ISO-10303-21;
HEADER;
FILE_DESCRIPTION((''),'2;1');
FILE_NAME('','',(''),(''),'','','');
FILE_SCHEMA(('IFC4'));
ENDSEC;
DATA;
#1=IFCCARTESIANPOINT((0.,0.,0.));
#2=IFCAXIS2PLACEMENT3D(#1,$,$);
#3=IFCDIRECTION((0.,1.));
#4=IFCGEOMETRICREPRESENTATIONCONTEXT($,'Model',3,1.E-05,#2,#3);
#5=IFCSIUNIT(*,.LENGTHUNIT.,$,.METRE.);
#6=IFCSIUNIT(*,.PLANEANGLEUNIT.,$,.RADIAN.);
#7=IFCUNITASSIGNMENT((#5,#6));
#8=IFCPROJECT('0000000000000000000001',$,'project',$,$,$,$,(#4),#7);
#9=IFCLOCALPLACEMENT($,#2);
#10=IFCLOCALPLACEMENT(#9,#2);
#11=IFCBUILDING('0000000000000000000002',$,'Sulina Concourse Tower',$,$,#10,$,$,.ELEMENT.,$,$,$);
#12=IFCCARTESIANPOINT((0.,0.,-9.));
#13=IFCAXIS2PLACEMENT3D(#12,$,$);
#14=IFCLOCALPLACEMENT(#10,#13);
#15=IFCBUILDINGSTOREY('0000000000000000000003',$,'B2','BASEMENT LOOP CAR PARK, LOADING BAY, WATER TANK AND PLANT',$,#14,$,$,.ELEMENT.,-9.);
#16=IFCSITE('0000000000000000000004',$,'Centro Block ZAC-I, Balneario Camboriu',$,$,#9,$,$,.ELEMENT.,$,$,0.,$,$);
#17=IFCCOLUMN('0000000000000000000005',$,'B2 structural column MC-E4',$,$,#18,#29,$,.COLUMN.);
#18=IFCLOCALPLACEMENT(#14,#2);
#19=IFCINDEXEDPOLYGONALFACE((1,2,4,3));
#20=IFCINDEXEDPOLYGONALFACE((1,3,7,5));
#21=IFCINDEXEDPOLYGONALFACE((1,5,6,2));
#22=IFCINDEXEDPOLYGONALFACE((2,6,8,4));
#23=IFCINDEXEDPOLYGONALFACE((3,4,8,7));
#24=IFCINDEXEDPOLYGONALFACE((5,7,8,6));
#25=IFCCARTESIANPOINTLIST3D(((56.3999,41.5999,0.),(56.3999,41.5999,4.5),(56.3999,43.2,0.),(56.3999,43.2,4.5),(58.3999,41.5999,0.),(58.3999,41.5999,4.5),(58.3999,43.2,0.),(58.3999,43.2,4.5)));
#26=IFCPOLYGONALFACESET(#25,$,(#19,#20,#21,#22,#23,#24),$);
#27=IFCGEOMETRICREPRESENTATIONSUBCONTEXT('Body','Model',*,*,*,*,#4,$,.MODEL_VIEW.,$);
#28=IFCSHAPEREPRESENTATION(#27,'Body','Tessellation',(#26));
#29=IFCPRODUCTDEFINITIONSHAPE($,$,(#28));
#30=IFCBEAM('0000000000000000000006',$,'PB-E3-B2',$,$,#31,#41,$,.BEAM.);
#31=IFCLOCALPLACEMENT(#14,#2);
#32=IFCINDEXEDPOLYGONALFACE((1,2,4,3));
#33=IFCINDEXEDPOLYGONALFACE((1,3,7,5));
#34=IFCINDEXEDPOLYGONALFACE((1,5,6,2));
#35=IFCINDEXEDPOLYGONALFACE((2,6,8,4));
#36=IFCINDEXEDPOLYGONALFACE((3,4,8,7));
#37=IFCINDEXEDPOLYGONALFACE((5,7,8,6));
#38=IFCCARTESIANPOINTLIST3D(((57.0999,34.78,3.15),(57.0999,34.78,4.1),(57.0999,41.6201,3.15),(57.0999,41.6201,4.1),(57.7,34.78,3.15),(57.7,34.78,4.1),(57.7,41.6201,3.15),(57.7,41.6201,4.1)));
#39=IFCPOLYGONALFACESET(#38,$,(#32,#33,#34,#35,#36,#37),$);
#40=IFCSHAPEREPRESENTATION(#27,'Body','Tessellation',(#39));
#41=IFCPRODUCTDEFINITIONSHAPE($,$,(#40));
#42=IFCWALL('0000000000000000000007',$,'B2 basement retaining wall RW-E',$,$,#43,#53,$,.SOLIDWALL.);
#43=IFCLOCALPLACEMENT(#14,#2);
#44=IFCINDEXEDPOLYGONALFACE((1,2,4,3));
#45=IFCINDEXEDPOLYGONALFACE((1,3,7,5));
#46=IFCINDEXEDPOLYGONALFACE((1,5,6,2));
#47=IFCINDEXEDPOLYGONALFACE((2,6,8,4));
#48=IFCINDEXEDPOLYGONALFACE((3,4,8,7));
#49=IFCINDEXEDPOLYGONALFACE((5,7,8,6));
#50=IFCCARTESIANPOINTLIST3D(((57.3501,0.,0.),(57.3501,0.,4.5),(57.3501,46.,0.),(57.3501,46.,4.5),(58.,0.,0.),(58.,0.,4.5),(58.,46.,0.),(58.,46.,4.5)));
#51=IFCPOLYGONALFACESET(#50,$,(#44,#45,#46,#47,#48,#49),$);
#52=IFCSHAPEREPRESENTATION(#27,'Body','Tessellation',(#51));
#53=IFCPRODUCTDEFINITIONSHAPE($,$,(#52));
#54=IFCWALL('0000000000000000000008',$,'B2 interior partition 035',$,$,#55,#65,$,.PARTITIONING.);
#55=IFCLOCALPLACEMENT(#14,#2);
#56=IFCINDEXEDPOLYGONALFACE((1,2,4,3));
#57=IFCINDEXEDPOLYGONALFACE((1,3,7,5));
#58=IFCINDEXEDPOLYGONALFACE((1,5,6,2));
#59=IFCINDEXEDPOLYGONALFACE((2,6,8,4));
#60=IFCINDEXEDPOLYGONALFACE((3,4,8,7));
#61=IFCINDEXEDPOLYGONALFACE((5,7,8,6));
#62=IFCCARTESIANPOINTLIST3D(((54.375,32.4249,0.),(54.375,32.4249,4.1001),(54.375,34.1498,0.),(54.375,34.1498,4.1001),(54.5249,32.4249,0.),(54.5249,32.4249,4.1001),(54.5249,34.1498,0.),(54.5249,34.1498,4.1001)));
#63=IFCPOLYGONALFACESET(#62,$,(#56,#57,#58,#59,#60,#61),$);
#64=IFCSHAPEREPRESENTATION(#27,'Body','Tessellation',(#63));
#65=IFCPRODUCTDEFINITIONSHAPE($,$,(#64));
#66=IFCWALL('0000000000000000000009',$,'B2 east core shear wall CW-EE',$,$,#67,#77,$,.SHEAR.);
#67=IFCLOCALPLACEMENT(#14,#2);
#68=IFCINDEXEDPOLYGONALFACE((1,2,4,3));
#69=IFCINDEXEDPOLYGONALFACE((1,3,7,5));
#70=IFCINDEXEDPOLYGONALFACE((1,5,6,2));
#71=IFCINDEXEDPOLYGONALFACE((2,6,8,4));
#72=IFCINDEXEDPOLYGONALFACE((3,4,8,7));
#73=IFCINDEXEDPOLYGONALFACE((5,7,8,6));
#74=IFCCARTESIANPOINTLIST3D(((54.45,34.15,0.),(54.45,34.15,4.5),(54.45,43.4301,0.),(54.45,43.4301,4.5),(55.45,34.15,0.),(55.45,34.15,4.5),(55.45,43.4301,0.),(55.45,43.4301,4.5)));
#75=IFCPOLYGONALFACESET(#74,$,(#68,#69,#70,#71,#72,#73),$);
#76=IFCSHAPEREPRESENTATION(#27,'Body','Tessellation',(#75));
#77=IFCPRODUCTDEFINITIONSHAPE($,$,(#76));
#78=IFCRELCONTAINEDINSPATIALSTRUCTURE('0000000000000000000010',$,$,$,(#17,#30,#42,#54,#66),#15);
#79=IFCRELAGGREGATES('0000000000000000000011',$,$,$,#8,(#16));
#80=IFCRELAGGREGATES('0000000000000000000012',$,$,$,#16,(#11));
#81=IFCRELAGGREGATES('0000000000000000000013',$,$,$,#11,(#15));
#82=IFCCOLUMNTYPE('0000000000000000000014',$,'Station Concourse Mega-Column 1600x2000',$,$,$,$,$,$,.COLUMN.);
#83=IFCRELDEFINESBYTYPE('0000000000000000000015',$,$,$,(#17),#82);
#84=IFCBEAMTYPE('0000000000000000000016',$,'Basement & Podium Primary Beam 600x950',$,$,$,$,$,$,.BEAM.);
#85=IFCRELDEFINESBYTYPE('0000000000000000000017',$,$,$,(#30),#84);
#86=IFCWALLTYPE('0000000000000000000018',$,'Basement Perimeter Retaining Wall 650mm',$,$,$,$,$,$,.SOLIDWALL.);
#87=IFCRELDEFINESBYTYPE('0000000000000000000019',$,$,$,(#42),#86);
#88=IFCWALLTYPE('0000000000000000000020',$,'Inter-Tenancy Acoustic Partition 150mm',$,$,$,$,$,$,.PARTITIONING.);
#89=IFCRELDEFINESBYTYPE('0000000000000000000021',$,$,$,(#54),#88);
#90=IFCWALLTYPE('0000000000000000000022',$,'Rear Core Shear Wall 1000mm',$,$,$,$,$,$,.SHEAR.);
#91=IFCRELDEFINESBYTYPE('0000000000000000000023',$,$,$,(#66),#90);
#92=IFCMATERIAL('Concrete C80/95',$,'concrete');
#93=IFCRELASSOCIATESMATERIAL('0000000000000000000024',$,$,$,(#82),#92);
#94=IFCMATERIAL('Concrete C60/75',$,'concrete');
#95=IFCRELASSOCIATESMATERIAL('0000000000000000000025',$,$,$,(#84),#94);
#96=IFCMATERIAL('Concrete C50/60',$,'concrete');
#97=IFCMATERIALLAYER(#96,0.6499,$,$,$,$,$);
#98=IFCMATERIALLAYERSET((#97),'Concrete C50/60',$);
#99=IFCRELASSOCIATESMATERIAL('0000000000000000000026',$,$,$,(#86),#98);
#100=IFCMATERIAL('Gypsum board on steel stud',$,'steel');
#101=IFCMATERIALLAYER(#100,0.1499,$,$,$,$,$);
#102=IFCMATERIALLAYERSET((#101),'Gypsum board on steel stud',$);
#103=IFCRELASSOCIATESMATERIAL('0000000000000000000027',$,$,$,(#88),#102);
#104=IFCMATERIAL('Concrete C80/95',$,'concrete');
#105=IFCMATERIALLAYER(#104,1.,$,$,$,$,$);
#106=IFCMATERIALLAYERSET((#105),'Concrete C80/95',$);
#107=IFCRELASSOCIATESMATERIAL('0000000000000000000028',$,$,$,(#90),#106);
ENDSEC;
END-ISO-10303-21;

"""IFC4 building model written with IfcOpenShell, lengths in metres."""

from ifc_helpers import new_model, si_unit, direction, frame, frame_2d, origin, origin_2d, place, context, subcontext, project, spatial, rectangle, extrude, material, layer, layer_set, material_profile, profile_set, type_object, element, save


model = new_model("IFC4")

# Units and contexts
model_context = context("Model", 3, precision=1e-05, world=origin(), true_north=direction((0.0, 1.0)))
body_context = subcontext(model_context, "Body", "Model", "MODEL_VIEW")
ifc_project = project(units=[si_unit("LENGTHUNIT", "METRE"), si_unit("PLANEANGLEUNIT", "RADIAN")], contexts=[model_context])

# Site, building, storey
site_placement = place(None, origin())
site = spatial("IfcSite", under=ifc_project, at=site_placement, Name="Centro Block ZAC-I, Balneario Camboriu", CompositionType="ELEMENT", RefElevation=0.0)
building_placement = place(site_placement, origin())
building = spatial("IfcBuilding", under=site, at=building_placement, Name="Sulina Concourse Tower", CompositionType="ELEMENT")
storey_placement = place(building_placement, frame((0.0, 0.0, -9.0)))
storey = spatial("IfcBuildingStorey", under=building, at=storey_placement, Name="B2", Description="BASEMENT LOOP CAR PARK, LOADING BAY, WATER TANK AND PLANT", CompositionType="ELEMENT", Elevation=-9.0)

# Column
ifc_material_1 = material(Name="Concrete C80/95", Category="concrete")
ifc_material_profile_1 = material_profile(ifc_material_1, rectangle(XDim=1.6001, YDim=2.0, at=origin_2d()), Name="RC 1600x2000")
ifc_profile_set_1 = profile_set([ifc_material_profile_1], Name="Concrete C80/95")
column_type = type_object("IfcColumnType", Name="Station Concourse Mega-Column 1600x2000", PredefinedType="COLUMN", material=ifc_profile_set_1)
for number, where, z_axis, x_axis, name in (
    (1, (57.3999, 42.3999, 0.0), (0.0, 0.0, 1.0), (0.0, 1.0, 0.0), "B2 structural column MC-E4"),
):
    element("IfcColumn", number, at=place(storey_placement, frame(where, z_axis=z_axis, x_axis=x_axis)), inside=storey, type_object=column_type, Name=name, PredefinedType="COLUMN", context=body_context, shape_type="SweptSolid", body=[
        extrude(rectangle(XDim=1.6001, YDim=2.0, at=origin_2d()), origin(), (0.0, 0.0, 1.0), 4.5),
    ])

# Beam
ifc_material_2 = material(Name="Concrete C60/75", Category="concrete")
ifc_material_profile_2 = material_profile(ifc_material_2, rectangle(XDim=0.6001, YDim=0.95, at=origin_2d()), Name="RC 600x950")
ifc_profile_set_2 = profile_set([ifc_material_profile_2], Name="Concrete C60/75")
beam_type = type_object("IfcBeamType", Name="Basement & Podium Primary Beam 600x950", PredefinedType="BEAM", material=ifc_profile_set_2)
beam_placement = place(storey_placement, frame((57.3999, 34.78, 3.625), z_axis=(0.0, 1.0, 0.0), x_axis=(-1.0, 0.0, 0.0)))
element("IfcBeam", 2, at=beam_placement, inside=storey, type_object=beam_type, Name="PB-E3-B2", PredefinedType="BEAM", context=body_context, shape_type="SweptSolid", body=[
    extrude(rectangle(XDim=0.6001, YDim=0.95, at=origin_2d()), origin(), (0.0, 0.0, 1.0), 6.8401),
])

# Walls
ifc_material_3 = material(Name="Concrete C50/60", Category="concrete")
ifc_layer_1 = layer(ifc_material_3, 0.6499)
ifc_layer_set_1 = layer_set([ifc_layer_1], Name="Concrete C50/60")
wall_type_1 = type_object("IfcWallType", Name="Basement Perimeter Retaining Wall 650mm", PredefinedType="SOLIDWALL", material=ifc_layer_set_1)
wall_1_placement = place(storey_placement, frame((57.675, 46.0, 0.0), z_axis=(0.0, 0.0, 1.0), x_axis=(0.0, -1.0, 0.0)))
element("IfcWall", 3, at=wall_1_placement, inside=storey, type_object=wall_type_1, Name="B2 basement retaining wall RW-E", PredefinedType="SOLIDWALL", context=body_context, shape_type="SweptSolid", body=[
    extrude(rectangle(XDim=46.0, YDim=0.6499, at=frame_2d((23.0, 0.0))), origin(), (0.0, 0.0, 1.0), 4.5),
])
ifc_material_4 = material(Name="Gypsum board on steel stud", Category="steel")
ifc_layer_2 = layer(ifc_material_4, 0.1499)
ifc_layer_set_2 = layer_set([ifc_layer_2], Name="Gypsum board on steel stud")
wall_type_2 = type_object("IfcWallType", Name="Inter-Tenancy Acoustic Partition 150mm", PredefinedType="PARTITIONING", material=ifc_layer_set_2)
wall_2_placement = place(storey_placement, frame((54.45, 32.425, 0.0), z_axis=(0.0, 0.0, 1.0), x_axis=(0.0, 1.0, 0.0)))
element("IfcWall", 4, at=wall_2_placement, inside=storey, type_object=wall_type_2, Name="B2 interior partition 035", PredefinedType="PARTITIONING", context=body_context, shape_type="SweptSolid", body=[
    extrude(rectangle(XDim=1.7249, YDim=0.1499, at=frame_2d((0.8623, 0.0))), origin(), (0.0, 0.0, 1.0), 4.1001),
])
ifc_material_5 = material(Name="Concrete C80/95", Category="concrete")
ifc_layer_3 = layer(ifc_material_5, 1.0)
ifc_layer_set_3 = layer_set([ifc_layer_3], Name="Concrete C80/95")
wall_type_3 = type_object("IfcWallType", Name="Rear Core Shear Wall 1000mm", PredefinedType="SHEAR", material=ifc_layer_set_3)
wall_3_placement = place(storey_placement, frame((54.95, 34.1499, 0.0), z_axis=(0.0, 0.0, 1.0), x_axis=(0.0, 1.0, 0.0)))
element("IfcWall", 5, at=wall_3_placement, inside=storey, type_object=wall_type_3, Name="B2 east core shear wall CW-EE", PredefinedType="SHEAR", context=body_context, shape_type="SweptSolid", body=[
    extrude(rectangle(XDim=9.28, YDim=1.0, at=frame_2d((4.6401, 0.0))), origin(), (0.0, 0.0, 1.0), 4.5),
])

save(model, "model.ifc")
